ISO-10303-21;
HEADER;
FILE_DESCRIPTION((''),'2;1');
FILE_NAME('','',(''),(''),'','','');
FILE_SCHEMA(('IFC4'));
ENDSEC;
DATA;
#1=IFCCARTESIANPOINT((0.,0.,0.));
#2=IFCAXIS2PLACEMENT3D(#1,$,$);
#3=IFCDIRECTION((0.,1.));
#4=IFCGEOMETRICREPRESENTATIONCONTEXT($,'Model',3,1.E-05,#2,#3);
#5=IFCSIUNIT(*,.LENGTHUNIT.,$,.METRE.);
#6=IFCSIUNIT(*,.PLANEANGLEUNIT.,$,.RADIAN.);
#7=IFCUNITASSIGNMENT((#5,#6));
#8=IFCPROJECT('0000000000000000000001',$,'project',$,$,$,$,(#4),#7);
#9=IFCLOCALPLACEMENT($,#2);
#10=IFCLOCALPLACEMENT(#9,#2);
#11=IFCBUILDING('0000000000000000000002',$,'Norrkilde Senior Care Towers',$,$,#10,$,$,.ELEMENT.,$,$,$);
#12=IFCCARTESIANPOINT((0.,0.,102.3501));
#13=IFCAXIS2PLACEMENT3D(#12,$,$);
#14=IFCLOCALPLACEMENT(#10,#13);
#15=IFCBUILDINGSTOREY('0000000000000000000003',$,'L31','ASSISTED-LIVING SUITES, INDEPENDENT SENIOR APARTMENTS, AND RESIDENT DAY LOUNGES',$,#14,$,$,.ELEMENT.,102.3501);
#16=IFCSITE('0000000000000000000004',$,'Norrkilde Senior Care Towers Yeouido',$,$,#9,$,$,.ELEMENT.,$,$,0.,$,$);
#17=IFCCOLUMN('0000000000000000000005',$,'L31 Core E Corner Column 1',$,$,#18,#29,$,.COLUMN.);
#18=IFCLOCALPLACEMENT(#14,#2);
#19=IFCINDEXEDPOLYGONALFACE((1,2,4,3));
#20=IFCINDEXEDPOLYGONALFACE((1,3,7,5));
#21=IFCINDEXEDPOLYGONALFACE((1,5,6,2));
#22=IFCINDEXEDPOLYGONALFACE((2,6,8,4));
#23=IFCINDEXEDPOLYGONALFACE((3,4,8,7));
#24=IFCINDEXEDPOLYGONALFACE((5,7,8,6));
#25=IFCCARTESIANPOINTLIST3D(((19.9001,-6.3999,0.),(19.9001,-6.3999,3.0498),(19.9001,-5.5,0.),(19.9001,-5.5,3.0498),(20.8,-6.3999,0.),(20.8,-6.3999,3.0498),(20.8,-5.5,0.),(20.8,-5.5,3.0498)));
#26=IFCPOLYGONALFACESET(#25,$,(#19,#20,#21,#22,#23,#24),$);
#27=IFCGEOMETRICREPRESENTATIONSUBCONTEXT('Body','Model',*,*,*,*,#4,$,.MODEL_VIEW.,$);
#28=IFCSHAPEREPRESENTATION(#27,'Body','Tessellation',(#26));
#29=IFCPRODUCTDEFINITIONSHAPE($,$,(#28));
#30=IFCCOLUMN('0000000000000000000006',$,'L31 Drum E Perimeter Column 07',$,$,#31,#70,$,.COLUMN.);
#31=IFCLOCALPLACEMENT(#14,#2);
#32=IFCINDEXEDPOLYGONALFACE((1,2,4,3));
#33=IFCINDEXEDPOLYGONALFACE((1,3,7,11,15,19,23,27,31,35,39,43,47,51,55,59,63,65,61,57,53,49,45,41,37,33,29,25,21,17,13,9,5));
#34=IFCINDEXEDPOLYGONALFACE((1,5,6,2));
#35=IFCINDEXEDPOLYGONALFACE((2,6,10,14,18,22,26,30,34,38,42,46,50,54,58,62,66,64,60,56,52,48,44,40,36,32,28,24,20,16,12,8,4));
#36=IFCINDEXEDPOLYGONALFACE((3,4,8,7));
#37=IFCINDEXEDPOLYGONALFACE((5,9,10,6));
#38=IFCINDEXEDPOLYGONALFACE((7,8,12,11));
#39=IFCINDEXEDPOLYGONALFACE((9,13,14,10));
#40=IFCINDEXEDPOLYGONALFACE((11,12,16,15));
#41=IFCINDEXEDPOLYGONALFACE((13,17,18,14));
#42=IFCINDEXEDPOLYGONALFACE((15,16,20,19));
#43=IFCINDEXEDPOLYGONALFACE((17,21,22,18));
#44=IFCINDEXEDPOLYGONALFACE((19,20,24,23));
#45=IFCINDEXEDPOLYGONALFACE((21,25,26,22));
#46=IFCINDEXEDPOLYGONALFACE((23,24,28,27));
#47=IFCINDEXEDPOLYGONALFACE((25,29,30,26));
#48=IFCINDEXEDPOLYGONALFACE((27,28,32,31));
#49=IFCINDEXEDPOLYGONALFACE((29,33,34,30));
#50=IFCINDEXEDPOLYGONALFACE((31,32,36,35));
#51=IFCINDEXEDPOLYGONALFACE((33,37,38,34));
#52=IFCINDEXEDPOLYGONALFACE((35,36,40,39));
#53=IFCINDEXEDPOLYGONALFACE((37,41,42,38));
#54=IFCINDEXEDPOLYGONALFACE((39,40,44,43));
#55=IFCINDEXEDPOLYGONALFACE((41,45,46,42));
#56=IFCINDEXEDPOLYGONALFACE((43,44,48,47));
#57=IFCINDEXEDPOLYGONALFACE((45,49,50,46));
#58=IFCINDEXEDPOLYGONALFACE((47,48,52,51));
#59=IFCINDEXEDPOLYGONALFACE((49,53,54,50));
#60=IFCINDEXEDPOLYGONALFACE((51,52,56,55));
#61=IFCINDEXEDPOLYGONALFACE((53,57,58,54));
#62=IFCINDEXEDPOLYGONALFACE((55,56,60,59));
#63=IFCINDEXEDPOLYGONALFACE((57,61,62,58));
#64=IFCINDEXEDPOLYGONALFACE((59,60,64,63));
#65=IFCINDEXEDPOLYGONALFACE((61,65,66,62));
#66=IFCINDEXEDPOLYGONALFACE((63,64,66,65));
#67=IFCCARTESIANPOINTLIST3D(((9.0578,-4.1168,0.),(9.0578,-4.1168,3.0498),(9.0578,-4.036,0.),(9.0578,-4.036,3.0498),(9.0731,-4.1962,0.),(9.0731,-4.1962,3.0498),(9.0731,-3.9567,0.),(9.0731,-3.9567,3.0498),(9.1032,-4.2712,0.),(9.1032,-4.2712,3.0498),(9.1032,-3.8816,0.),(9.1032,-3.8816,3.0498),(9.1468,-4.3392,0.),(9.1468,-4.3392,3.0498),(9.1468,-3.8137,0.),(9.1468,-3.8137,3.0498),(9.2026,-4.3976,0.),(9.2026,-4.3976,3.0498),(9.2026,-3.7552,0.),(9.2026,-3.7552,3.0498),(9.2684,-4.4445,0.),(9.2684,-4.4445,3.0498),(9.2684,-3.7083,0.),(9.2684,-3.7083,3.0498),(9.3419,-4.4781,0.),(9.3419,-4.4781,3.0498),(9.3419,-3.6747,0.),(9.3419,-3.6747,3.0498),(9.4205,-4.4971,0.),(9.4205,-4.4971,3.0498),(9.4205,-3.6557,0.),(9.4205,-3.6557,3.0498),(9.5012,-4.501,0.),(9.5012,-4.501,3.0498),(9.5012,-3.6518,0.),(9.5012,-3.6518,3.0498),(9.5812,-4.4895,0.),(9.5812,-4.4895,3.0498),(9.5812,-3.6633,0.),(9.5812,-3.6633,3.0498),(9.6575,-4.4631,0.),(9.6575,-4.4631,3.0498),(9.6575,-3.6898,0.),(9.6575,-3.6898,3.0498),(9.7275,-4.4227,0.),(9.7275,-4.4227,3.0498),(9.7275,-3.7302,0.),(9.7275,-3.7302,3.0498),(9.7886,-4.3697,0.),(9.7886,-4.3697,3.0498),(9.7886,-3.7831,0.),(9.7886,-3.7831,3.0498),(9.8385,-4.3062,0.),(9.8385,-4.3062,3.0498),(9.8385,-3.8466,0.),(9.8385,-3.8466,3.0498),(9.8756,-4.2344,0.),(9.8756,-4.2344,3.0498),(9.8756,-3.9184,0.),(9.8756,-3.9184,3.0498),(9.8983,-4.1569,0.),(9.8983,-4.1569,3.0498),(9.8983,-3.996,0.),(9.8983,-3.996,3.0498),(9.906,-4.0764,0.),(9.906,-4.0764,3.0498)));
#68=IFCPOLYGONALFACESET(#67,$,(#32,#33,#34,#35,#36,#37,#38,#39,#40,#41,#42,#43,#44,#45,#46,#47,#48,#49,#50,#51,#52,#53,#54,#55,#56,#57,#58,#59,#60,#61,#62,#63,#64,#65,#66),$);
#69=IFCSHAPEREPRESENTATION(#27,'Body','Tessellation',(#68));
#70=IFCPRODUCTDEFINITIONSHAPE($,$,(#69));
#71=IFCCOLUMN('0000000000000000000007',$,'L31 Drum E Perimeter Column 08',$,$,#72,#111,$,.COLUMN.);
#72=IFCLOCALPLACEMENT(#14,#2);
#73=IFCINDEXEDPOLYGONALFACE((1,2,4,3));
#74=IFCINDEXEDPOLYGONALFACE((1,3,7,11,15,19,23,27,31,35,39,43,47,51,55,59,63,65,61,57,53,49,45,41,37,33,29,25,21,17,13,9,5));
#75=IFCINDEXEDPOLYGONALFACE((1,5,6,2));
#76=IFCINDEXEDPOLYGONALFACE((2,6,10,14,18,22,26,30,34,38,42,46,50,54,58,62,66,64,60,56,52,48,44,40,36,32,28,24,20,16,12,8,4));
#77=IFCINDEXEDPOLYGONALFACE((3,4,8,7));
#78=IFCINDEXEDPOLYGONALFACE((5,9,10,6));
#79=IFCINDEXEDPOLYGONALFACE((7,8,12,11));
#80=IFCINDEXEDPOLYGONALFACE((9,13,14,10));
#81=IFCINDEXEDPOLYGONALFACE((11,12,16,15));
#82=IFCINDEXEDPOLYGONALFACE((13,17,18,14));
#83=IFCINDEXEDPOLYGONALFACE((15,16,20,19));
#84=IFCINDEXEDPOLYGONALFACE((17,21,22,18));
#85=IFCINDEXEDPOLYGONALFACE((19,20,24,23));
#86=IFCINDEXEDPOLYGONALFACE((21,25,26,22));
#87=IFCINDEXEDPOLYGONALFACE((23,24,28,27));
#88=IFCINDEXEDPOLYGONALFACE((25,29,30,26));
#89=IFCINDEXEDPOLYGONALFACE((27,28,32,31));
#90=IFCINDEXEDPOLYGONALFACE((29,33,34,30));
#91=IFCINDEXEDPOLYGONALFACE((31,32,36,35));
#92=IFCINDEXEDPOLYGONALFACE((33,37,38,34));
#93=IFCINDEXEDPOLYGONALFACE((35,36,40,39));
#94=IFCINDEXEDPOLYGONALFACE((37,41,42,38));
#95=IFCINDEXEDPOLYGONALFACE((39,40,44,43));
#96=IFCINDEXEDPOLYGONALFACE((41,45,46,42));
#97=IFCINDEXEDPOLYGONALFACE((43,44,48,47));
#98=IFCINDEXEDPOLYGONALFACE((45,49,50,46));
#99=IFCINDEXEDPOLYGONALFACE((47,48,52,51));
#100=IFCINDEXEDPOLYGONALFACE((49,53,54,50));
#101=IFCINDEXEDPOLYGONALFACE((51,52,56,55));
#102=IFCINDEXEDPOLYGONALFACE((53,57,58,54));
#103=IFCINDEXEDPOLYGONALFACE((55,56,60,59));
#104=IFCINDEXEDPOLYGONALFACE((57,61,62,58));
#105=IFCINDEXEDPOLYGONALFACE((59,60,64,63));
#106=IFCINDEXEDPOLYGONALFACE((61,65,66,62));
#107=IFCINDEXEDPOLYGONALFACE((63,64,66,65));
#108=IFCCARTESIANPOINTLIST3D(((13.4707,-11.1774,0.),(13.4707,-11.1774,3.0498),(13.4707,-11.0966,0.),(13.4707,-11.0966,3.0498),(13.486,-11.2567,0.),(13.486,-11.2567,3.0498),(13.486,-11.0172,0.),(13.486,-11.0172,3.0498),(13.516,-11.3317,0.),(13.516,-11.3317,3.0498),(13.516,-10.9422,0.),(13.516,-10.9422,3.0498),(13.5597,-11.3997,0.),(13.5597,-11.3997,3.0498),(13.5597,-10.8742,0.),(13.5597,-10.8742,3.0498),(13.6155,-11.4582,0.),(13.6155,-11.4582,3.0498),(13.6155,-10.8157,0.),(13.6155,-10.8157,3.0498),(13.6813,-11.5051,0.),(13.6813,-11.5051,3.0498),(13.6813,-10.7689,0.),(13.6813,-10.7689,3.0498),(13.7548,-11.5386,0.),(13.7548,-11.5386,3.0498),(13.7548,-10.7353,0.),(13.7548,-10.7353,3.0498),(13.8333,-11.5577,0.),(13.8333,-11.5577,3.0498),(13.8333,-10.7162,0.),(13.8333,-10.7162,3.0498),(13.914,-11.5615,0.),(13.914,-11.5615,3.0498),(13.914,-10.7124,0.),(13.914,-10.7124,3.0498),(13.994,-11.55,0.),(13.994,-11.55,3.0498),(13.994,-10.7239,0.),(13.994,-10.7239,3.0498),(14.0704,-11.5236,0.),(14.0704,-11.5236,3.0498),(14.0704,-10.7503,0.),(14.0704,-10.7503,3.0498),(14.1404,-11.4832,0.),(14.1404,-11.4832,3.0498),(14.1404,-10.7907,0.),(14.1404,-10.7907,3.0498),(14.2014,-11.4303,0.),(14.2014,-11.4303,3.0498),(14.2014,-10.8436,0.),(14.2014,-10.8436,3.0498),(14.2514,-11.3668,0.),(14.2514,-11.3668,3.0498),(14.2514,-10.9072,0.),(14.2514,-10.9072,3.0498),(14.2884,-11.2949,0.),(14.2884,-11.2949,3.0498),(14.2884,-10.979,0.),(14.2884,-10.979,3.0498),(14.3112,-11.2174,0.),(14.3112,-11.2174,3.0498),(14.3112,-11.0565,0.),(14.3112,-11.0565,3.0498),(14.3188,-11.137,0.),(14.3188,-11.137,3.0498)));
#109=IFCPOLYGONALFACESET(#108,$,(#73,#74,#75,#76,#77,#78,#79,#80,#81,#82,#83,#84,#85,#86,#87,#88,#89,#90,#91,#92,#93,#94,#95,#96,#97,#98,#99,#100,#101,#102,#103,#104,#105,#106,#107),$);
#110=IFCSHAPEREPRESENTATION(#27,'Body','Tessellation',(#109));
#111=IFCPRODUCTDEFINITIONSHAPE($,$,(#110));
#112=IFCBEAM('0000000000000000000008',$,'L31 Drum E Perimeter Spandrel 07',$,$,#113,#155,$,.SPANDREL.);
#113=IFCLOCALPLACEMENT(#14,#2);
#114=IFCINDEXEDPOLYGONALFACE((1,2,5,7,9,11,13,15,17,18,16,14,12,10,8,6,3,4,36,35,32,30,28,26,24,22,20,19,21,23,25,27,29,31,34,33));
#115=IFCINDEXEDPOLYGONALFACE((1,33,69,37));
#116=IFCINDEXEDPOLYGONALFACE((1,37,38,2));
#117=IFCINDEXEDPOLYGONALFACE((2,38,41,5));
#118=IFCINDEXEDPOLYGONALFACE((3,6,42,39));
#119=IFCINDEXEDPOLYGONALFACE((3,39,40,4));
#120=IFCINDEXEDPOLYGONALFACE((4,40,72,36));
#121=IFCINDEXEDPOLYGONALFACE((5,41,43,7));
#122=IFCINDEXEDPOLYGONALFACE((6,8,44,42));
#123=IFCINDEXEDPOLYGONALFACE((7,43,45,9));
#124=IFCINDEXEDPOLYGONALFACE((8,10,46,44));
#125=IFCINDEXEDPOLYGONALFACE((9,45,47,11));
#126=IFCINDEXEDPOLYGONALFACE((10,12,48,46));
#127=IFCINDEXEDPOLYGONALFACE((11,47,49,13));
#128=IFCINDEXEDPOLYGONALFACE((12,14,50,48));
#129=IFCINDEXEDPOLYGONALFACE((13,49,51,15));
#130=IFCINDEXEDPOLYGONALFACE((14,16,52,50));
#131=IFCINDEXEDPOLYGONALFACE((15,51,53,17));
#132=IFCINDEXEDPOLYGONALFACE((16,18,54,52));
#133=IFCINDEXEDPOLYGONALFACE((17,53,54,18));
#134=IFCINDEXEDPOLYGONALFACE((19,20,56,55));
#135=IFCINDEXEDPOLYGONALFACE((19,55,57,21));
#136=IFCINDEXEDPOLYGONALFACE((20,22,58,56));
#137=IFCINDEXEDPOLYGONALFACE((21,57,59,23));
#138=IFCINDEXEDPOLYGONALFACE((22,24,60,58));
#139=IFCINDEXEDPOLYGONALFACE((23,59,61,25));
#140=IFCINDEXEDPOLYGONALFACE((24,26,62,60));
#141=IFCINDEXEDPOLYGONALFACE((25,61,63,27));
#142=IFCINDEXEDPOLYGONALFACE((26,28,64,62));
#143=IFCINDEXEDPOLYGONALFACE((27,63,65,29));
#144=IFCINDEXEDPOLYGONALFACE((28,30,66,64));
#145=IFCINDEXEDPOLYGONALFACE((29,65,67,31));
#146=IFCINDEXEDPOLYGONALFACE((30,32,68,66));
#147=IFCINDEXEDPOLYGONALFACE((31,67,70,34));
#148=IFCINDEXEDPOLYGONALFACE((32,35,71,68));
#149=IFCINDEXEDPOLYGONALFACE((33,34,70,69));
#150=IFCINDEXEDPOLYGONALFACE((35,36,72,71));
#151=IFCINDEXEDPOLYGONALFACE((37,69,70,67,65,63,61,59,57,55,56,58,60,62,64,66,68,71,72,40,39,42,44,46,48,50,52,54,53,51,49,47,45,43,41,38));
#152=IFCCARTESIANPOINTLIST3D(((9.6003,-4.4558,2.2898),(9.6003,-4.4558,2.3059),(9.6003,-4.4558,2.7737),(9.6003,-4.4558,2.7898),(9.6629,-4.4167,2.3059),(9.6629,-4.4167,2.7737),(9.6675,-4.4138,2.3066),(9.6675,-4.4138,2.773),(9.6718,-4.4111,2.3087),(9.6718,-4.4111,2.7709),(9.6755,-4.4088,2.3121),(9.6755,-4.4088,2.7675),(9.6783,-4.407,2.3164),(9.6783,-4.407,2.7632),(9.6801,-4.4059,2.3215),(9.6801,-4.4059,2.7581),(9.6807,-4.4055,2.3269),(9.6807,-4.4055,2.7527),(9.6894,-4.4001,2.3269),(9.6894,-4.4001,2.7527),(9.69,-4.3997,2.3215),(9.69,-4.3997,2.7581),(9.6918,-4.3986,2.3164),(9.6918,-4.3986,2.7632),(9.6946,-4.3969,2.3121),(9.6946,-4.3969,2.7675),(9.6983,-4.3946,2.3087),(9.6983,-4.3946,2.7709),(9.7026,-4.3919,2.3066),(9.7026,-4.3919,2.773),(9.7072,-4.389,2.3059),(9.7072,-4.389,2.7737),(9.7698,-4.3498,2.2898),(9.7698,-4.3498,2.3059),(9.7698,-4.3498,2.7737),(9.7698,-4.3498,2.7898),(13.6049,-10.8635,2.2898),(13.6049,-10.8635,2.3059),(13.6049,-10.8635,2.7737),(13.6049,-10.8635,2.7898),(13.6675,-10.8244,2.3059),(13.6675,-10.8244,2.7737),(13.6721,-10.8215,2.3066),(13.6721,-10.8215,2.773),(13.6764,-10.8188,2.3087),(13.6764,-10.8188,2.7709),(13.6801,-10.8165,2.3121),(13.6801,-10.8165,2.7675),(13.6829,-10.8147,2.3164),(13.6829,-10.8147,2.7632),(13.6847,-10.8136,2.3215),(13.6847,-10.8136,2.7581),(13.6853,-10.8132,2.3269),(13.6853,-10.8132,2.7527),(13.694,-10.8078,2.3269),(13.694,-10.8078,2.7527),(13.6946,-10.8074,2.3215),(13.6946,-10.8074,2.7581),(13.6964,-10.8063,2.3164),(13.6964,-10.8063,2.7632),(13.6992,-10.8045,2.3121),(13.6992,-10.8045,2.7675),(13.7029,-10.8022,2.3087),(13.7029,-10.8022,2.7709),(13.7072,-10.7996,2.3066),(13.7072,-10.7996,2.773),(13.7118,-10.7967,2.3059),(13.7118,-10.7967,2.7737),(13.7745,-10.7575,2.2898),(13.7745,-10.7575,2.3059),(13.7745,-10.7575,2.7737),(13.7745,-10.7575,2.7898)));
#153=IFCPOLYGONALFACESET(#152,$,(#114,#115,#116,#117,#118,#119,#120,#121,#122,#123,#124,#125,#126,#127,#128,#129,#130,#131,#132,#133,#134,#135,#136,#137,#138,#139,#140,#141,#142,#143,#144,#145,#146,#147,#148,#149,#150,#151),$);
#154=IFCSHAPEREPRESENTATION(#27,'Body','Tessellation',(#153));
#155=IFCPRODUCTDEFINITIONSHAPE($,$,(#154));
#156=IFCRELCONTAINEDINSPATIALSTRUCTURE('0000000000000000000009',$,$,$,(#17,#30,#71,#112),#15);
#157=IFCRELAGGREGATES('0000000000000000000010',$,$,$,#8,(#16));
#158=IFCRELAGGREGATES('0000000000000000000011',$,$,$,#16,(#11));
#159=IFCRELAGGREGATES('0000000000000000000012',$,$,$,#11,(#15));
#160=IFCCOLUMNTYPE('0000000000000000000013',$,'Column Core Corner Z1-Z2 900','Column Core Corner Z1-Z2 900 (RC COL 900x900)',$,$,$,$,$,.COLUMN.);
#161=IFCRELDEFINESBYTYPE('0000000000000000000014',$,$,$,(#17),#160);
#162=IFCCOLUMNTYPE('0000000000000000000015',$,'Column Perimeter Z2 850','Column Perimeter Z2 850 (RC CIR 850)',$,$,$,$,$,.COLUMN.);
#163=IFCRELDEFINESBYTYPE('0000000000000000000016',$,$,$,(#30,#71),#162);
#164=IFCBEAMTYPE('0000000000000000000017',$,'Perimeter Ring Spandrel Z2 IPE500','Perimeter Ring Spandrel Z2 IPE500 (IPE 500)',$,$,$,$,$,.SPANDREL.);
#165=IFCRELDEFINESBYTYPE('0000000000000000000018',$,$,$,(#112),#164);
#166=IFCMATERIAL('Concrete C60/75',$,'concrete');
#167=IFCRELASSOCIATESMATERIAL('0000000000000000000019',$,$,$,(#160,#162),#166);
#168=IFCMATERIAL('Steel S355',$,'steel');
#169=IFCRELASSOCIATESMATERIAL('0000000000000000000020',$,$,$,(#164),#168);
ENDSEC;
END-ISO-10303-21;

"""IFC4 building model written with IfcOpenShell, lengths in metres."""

from ifc_helpers import new_model, si_unit, direction, frame, origin, origin_2d, place, context, subcontext, project, spatial, rectangle, circle, i_section, extrude, source, transform, mapped, material, material_profile, profile_set, type_object, type_shapes, element, save


model = new_model("IFC4")

# Units and contexts
model_context = context("Model", 3, precision=1e-05, world=origin(), true_north=direction((0.0, 1.0)))
body_context = subcontext(model_context, "Body", "Model", "MODEL_VIEW")
ifc_project = project(units=[si_unit("LENGTHUNIT", "METRE"), si_unit("PLANEANGLEUNIT", "RADIAN")], contexts=[model_context])

# Site, building, storey
site_placement = place(None, origin())
site = spatial("IfcSite", under=ifc_project, at=site_placement, Name="Norrkilde Senior Care Towers Yeouido", CompositionType="ELEMENT", RefElevation=0.0)
building_placement = place(site_placement, origin())
building = spatial("IfcBuilding", under=site, at=building_placement, Name="Norrkilde Senior Care Towers", CompositionType="ELEMENT")
storey_placement = place(building_placement, frame((0.0, 0.0, 102.3501)))
storey = spatial("IfcBuildingStorey", under=building, at=storey_placement, Name="L31", Description="ASSISTED-LIVING SUITES, INDEPENDENT SENIOR APARTMENTS, AND RESIDENT DAY LOUNGES", CompositionType="ELEMENT", Elevation=102.3501)

# Columns
ifc_material_1 = material(Name="Concrete C60/75", Category="concrete")
ifc_material_profile_1 = material_profile(ifc_material_1, rectangle(XDim=0.8999, YDim=0.8999, at=origin_2d()), Name="RC COL 900x900")
ifc_profile_set_1 = profile_set([ifc_material_profile_1], Name="Concrete C60/75")
column_type_1 = type_object("IfcColumnType", Name="Column Core Corner Z1-Z2 900", Description="Column Core Corner Z1-Z2 900 (RC COL 900x900)", PredefinedType="COLUMN", material=ifc_profile_set_1)
shared_shape_1 = source(origin(), body_context, "Body", "SweptSolid", [
    extrude(rectangle(XDim=0.8999, YDim=0.8999, at=origin_2d()), origin(), (0.0, 0.0, 1.0), 3.0498),
])
type_shapes(column_type_1, [shared_shape_1])
column_placement = place(storey_placement, frame((20.3501, -5.95, 0.0), z_axis=(0.0, 0.0, 1.0), x_axis=(1.0, 0.0, 0.0)))
element("IfcColumn", 1, at=column_placement, inside=storey, type_object=column_type_1, Name="L31 Core E Corner Column 1", PredefinedType="COLUMN", context=body_context, shape_type="MappedRepresentation", body=[
    mapped(shared_shape_1, transform((0.0, 0.0, 0.0), x_axis=(1.0, 0.0, 0.0), y_axis=(0.0, 1.0, 0.0), z_axis=(0.0, 0.0, 1.0), scale=1.0)),
])
ifc_material_profile_2 = material_profile(ifc_material_1, circle(Radius=0.425, at=origin_2d()), Name="RC CIR 850")
ifc_profile_set_2 = profile_set([ifc_material_profile_2], Name="Concrete C60/75")
column_type_2 = type_object("IfcColumnType", Name="Column Perimeter Z2 850", Description="Column Perimeter Z2 850 (RC CIR 850)", PredefinedType="COLUMN", material=ifc_profile_set_2)
shared_shape_2 = source(origin(), body_context, "Body", "SweptSolid", [
    extrude(circle(Radius=0.425, at=origin_2d()), origin(), (0.0, 0.0, 1.0), 3.0498),
])
type_shapes(column_type_2, [shared_shape_2])
for number, where, z_axis, x_axis, name in (
    (2, (9.481, -4.0764, 0.0), (0.0, 0.0, 1.0), (1.0, 0.0, 0.0), "L31 Drum E Perimeter Column 07"),
    (3, (13.8938, -11.137, 0.0), (0.0, 0.0, 1.0), (1.0, 0.0, 0.0), "L31 Drum E Perimeter Column 08"),
):
    element("IfcColumn", number, at=place(storey_placement, frame(where, z_axis=z_axis, x_axis=x_axis)), inside=storey, type_object=column_type_2, Name=name, PredefinedType="COLUMN", context=body_context, shape_type="MappedRepresentation", body=[
        mapped(shared_shape_2, transform((0.0, 0.0, 0.0), x_axis=(1.0, 0.0, 0.0), y_axis=(0.0, 1.0, 0.0), z_axis=(0.0, 0.0, 1.0), scale=1.0)),
    ])

# Beam
ifc_material_2 = material(Name="Steel S355", Category="steel")
ifc_material_profile_3 = material_profile(ifc_material_2, i_section(OverallWidth=0.2, OverallDepth=0.5, WebThickness=0.0103, FlangeThickness=0.0161, FilletRadius=0.021, at=origin_2d()), Name="IPE 500")
ifc_profile_set_3 = profile_set([ifc_material_profile_3], Name="Steel S355")
beam_type_1 = type_object("IfcBeamType", Name="Perimeter Ring Spandrel Z2 IPE500", Description="Perimeter Ring Spandrel Z2 IPE500 (IPE 500)", PredefinedType="SPANDREL", material=ifc_profile_set_3)
shared_shape_3 = source(origin(), body_context, "Body", "SweptSolid", [
    extrude(i_section(OverallWidth=0.2, OverallDepth=0.5, WebThickness=0.0103, FlangeThickness=0.0161, FilletRadius=0.021, at=origin_2d()), origin(), (0.0, 0.0, 1.0), 7.5562),
])
beam_1_placement = place(storey_placement, frame((9.6851, -4.4028, 2.5398), z_axis=(0.529982, -0.848009, 0.0), x_axis=(0.848009, 0.529982, 0.0)))
element("IfcBeam", 4, at=beam_1_placement, inside=storey, type_object=beam_type_1, Name="L31 Drum E Perimeter Spandrel 07", PredefinedType="SPANDREL", context=body_context, shape_type="MappedRepresentation", body=[
    mapped(shared_shape_3, transform((0.0, 0.0, 0.0), x_axis=(1.0, 0.0, 0.0), y_axis=(0.0, 1.0, 0.0), z_axis=(0.0, 0.0, 1.0), scale=1.0)),
])

save(model, "model.ifc")
